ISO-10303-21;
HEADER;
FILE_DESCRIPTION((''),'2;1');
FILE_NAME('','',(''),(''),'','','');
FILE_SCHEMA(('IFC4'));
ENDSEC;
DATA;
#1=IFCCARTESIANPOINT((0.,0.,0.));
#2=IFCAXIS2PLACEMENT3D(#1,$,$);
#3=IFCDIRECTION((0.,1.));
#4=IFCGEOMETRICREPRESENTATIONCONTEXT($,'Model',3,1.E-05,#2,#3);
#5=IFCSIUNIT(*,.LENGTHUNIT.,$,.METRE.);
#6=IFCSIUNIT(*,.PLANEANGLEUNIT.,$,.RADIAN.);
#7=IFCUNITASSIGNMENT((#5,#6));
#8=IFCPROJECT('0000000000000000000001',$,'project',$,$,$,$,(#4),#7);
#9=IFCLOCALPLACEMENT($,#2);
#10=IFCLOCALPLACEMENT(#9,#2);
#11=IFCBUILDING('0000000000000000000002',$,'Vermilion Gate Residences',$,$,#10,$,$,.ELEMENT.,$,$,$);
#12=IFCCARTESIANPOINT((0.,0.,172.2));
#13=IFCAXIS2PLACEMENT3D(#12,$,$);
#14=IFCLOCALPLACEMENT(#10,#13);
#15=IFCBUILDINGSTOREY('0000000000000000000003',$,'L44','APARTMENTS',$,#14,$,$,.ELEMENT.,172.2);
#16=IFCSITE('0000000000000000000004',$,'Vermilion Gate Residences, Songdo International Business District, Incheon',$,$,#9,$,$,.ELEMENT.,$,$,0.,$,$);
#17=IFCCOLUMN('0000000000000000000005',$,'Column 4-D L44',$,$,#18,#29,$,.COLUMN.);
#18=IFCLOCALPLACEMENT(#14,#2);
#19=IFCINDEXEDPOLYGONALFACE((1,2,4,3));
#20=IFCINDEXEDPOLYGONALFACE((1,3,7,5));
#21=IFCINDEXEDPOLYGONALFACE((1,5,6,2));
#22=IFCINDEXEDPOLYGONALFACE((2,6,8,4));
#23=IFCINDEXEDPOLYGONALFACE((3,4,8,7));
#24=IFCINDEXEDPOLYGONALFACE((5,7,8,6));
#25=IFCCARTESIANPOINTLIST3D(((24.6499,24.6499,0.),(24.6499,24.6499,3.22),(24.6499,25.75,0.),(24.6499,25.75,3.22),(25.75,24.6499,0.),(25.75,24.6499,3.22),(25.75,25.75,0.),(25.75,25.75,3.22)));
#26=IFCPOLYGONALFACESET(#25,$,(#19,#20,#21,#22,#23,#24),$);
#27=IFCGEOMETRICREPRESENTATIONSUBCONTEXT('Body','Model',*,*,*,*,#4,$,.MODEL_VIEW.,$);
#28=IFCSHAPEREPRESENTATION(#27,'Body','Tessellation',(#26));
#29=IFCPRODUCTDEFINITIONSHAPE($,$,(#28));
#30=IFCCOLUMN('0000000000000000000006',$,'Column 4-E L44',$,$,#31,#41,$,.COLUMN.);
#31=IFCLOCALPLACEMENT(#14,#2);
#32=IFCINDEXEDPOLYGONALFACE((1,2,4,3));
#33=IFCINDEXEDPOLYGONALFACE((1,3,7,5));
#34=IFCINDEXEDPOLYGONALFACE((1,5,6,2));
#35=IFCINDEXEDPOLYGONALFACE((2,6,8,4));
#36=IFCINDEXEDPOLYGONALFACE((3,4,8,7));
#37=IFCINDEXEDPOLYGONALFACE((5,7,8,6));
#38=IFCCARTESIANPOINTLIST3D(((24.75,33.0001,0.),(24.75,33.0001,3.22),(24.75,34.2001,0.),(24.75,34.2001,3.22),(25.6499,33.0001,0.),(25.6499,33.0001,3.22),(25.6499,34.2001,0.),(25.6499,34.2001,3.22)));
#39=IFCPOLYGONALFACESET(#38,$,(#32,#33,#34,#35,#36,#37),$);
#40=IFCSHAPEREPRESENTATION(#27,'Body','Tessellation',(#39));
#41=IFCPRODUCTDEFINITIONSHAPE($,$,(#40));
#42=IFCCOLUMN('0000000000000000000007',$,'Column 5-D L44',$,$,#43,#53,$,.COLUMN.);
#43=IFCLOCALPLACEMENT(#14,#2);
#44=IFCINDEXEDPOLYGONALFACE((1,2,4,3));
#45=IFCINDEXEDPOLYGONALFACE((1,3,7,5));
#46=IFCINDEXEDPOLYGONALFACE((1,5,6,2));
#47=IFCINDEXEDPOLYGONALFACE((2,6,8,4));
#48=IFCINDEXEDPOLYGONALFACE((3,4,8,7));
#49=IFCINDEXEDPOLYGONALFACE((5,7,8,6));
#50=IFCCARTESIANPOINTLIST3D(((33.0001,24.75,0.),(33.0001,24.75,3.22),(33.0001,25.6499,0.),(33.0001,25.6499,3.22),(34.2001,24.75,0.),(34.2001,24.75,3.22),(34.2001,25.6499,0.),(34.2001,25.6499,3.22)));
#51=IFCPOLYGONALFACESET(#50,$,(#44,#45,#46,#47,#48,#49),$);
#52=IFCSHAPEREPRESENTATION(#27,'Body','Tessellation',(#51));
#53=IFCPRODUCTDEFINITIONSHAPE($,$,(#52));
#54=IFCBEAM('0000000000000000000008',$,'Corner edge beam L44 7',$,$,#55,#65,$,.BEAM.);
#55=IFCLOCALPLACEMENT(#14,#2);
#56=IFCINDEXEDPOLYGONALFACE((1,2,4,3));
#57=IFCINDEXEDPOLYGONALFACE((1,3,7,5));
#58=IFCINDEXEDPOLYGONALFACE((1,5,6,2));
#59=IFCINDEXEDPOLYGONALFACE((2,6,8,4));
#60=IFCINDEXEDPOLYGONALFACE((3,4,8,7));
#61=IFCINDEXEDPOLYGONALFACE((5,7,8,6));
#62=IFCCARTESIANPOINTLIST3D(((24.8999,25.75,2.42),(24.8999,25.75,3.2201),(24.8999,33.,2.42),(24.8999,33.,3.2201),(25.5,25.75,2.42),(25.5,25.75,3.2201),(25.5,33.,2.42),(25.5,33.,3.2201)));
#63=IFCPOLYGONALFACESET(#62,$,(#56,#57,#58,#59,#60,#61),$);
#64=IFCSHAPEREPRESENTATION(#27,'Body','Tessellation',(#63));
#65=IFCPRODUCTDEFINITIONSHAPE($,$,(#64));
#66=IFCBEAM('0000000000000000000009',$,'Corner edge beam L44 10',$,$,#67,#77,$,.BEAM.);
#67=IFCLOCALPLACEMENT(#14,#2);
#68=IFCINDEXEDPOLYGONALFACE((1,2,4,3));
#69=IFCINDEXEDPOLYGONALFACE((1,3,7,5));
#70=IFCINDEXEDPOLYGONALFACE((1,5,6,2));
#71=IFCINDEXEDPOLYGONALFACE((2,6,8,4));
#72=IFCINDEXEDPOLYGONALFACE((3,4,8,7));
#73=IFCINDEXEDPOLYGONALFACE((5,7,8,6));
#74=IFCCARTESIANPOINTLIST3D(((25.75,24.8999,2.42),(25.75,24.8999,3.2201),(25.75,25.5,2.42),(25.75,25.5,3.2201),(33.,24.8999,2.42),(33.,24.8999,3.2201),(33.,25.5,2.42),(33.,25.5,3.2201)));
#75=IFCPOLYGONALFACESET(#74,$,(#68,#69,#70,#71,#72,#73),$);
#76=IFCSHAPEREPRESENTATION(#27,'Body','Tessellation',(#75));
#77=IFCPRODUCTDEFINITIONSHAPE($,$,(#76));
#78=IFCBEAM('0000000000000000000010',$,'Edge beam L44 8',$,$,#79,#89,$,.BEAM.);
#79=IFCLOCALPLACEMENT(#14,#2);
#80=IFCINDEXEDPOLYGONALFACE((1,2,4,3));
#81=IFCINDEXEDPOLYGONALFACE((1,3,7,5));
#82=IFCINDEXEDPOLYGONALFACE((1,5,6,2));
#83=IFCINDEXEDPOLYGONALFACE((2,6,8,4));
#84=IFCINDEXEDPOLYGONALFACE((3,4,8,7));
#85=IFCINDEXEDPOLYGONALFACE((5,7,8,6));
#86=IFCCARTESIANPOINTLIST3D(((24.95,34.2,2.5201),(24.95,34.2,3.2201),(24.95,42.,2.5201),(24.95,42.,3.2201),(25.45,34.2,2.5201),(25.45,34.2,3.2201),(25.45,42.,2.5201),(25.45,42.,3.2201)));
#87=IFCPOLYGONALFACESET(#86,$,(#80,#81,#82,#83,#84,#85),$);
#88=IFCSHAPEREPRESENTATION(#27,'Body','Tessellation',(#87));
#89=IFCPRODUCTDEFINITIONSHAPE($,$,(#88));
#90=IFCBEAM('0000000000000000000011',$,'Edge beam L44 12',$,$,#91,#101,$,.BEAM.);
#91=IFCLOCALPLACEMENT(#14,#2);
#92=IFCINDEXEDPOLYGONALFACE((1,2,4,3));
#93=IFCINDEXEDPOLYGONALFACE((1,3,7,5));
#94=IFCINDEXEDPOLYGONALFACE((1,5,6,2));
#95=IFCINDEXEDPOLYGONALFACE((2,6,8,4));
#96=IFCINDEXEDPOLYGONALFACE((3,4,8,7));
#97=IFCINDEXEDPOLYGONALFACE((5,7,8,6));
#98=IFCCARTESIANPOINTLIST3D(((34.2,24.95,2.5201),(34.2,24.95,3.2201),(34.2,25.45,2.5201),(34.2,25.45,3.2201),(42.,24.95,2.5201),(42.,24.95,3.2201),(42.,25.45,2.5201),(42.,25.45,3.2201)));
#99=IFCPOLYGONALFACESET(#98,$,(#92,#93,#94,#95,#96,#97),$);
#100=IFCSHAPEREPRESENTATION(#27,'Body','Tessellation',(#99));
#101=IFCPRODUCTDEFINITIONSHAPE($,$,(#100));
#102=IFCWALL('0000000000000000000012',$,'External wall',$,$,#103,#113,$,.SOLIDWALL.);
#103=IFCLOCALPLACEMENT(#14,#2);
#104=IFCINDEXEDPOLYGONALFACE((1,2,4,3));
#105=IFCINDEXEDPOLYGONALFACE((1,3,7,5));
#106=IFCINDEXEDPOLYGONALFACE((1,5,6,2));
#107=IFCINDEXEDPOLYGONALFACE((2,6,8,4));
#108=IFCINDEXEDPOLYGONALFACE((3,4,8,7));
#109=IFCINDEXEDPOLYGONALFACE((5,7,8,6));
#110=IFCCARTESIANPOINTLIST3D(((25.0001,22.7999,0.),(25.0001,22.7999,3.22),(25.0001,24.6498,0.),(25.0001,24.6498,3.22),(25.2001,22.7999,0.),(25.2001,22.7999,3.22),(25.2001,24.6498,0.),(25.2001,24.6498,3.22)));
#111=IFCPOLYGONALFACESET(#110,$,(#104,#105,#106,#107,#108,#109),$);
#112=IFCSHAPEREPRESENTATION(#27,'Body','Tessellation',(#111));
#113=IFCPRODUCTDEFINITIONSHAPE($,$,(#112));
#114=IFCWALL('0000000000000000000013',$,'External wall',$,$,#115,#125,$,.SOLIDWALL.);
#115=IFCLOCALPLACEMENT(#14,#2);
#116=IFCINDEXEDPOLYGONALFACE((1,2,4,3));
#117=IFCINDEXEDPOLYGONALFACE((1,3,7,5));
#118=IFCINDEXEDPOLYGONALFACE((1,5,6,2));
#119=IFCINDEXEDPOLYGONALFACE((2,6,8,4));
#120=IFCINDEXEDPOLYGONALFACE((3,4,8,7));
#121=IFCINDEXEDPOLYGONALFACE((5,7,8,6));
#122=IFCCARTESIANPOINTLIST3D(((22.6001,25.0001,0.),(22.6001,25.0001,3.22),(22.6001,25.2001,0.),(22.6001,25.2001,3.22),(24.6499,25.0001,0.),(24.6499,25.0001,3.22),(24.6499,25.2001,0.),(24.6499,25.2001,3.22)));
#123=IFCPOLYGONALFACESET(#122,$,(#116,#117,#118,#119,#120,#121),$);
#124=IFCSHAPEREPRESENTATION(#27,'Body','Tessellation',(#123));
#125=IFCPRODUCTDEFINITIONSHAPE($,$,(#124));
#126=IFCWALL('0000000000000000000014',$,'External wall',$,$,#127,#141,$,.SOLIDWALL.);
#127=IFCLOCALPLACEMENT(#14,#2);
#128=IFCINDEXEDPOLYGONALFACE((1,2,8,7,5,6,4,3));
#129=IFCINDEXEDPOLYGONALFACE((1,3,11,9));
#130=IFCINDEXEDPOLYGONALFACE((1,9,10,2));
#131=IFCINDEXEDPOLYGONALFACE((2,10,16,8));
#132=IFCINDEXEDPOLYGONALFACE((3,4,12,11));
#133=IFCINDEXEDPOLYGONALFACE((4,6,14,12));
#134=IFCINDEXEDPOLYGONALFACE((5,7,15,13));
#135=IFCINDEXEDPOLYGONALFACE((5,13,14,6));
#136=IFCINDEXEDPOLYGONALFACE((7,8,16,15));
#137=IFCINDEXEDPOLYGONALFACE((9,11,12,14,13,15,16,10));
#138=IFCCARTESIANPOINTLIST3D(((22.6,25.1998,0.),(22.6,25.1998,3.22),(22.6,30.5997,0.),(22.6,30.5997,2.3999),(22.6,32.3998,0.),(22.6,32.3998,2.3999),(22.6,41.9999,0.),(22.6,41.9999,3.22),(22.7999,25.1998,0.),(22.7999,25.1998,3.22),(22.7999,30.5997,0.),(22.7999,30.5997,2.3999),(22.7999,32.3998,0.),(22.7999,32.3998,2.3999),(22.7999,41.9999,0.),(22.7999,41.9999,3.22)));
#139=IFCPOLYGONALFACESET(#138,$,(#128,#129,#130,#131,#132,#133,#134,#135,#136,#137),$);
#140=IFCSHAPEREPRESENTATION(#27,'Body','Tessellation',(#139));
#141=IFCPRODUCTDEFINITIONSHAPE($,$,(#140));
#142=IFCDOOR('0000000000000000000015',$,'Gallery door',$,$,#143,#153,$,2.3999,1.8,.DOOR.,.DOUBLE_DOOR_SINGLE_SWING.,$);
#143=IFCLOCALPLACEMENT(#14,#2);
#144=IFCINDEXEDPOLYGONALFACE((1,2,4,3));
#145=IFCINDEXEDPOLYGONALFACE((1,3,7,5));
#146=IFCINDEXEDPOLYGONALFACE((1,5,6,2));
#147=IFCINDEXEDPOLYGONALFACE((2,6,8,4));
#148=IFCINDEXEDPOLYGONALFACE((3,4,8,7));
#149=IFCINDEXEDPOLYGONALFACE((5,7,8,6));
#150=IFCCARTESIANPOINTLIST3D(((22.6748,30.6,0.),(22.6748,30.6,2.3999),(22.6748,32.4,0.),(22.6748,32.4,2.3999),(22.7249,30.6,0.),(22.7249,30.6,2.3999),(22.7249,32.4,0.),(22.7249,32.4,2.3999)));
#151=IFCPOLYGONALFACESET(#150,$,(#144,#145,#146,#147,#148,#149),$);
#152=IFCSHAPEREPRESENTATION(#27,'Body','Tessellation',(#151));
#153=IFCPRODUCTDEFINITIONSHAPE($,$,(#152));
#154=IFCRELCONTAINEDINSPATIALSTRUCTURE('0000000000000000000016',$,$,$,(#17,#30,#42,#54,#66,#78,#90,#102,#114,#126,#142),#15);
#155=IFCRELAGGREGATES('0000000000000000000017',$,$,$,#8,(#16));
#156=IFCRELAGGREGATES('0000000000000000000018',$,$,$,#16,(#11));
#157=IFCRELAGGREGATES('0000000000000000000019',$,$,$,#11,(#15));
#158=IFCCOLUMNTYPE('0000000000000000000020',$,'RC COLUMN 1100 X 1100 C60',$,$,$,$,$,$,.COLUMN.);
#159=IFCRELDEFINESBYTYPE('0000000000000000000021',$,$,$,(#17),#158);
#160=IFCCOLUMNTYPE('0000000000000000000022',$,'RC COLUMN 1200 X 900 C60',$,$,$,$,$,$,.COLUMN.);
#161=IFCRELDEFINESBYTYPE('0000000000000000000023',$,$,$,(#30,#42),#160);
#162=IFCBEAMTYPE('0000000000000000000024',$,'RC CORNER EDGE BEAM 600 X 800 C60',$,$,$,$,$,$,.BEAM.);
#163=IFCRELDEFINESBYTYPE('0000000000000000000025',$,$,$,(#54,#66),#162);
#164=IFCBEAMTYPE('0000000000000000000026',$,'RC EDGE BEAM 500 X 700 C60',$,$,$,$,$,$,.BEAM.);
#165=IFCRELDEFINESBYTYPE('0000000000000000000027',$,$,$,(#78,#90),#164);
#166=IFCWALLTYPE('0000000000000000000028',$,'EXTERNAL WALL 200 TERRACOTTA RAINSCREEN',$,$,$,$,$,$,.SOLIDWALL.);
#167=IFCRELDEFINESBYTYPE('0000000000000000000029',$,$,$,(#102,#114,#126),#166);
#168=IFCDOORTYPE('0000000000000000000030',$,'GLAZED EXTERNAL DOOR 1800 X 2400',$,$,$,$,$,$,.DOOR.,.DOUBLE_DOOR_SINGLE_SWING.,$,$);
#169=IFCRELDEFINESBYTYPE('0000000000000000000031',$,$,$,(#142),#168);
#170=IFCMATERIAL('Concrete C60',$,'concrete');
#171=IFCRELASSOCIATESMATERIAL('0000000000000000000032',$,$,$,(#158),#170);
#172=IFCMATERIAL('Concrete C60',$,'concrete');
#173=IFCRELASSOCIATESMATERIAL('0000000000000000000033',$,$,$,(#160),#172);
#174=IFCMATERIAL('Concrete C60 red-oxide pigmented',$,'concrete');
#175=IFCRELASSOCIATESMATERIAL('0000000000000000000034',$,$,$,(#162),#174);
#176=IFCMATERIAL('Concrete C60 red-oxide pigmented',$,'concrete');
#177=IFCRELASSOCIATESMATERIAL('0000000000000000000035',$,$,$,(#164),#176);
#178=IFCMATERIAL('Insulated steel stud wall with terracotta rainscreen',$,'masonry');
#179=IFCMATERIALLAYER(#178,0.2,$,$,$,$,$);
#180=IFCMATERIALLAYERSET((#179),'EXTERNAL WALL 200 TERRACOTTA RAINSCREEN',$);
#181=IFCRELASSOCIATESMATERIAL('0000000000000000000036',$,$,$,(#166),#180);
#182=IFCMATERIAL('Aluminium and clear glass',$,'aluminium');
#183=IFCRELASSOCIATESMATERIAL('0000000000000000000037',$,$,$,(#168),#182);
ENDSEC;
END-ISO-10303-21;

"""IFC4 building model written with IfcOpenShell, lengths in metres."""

from ifc_helpers import new_model, si_unit, direction, frame, frame_2d, origin, origin_2d, place, context, subcontext, project, spatial, rectangle, extrude, material, layer, layer_set, material_profile, profile_set, type_object, element, fill, save


model = new_model("IFC4")

# Units and contexts
model_context = context("Model", 3, precision=1e-05, world=origin(), true_north=direction((0.0, 1.0)))
body_context = subcontext(model_context, "Body", "Model", "MODEL_VIEW")
ifc_project = project(units=[si_unit("LENGTHUNIT", "METRE"), si_unit("PLANEANGLEUNIT", "RADIAN")], contexts=[model_context])

# Site, building, storey
site_placement = place(None, origin())
site = spatial("IfcSite", under=ifc_project, at=site_placement, Name="Vermilion Gate Residences, Songdo International Business District, Incheon", CompositionType="ELEMENT", RefElevation=0.0)
building_placement = place(site_placement, origin())
building = spatial("IfcBuilding", under=site, at=building_placement, Name="Vermilion Gate Residences", CompositionType="ELEMENT")
storey_placement = place(building_placement, frame((0.0, 0.0, 172.2)))
storey = spatial("IfcBuildingStorey", under=building, at=storey_placement, Name="L44", Description="APARTMENTS", CompositionType="ELEMENT", Elevation=172.2)

# Columns
ifc_material_1 = material(Name="Concrete C60", Category="concrete")
ifc_material_profile_1 = material_profile(ifc_material_1, rectangle(XDim=1.1001, YDim=1.1001, at=origin_2d()), Name="RC-1100x1100")
ifc_profile_set_1 = profile_set([ifc_material_profile_1], Name="Concrete C60")
column_type_1 = type_object("IfcColumnType", Name="RC COLUMN 1100 X 1100 C60", PredefinedType="COLUMN", material=ifc_profile_set_1)
column_placement = place(storey_placement, frame((25.2, 25.2, 0.0), z_axis=(0.0, 0.0, 1.0), x_axis=(1.0, 0.0, 0.0)))
element("IfcColumn", 1, at=column_placement, inside=storey, type_object=column_type_1, Name="Column 4-D L44", PredefinedType="COLUMN", context=body_context, shape_type="SweptSolid", body=[
    extrude(rectangle(XDim=1.1001, YDim=1.1001, at=origin_2d()), origin(), (0.0, 0.0, 1.0), 3.22),
])
ifc_material_2 = material(Name="Concrete C60", Category="concrete")
ifc_material_profile_2 = material_profile(ifc_material_2, rectangle(XDim=1.2, YDim=0.8999, at=origin_2d()), Name="RC-1200x900")
ifc_profile_set_2 = profile_set([ifc_material_profile_2], Name="Concrete C60")
column_type_2 = type_object("IfcColumnType", Name="RC COLUMN 1200 X 900 C60", PredefinedType="COLUMN", material=ifc_profile_set_2)
for number, where, z_axis, x_axis, name in (
    (2, (25.2, 33.6001, 0.0), (0.0, 0.0, 1.0), (0.0, 1.0, 0.0), "Column 4-E L44"),
    (3, (33.6001, 25.2, 0.0), (0.0, 0.0, 1.0), (1.0, 0.0, 0.0), "Column 5-D L44"),
):
    element("IfcColumn", number, at=place(storey_placement, frame(where, z_axis=z_axis, x_axis=x_axis)), inside=storey, type_object=column_type_2, Name=name, PredefinedType="COLUMN", context=body_context, shape_type="SweptSolid", body=[
        extrude(rectangle(XDim=1.2, YDim=0.8999, at=origin_2d()), origin(), (0.0, 0.0, 1.0), 3.22),
    ])

# Beams
ifc_material_3 = material(Name="Concrete C60 red-oxide pigmented", Category="concrete")
ifc_material_profile_3 = material_profile(ifc_material_3, rectangle(XDim=0.6001, YDim=0.8, at=origin_2d()), Name="RC-600x800")
ifc_profile_set_3 = profile_set([ifc_material_profile_3], Name="Concrete C60 red-oxide pigmented")
beam_type_1 = type_object("IfcBeamType", Name="RC CORNER EDGE BEAM 600 X 800 C60", PredefinedType="BEAM", material=ifc_profile_set_3)
for number, where, z_axis, x_axis, name in (
    (4, (25.2, 25.75, 2.8201), (0.0, 1.0, 0.0), (-1.0, 0.0, 0.0), "Corner edge beam L44 7"),
    (5, (25.75, 25.2, 2.8201), (1.0, 0.0, 0.0), (0.0, 1.0, 0.0), "Corner edge beam L44 10"),
):
    element("IfcBeam", number, at=place(storey_placement, frame(where, z_axis=z_axis, x_axis=x_axis)), inside=storey, type_object=beam_type_1, Name=name, PredefinedType="BEAM", context=body_context, shape_type="SweptSolid", body=[
        extrude(rectangle(XDim=0.6001, YDim=0.8, at=origin_2d()), origin(), (0.0, 0.0, 1.0), 7.25),
    ])
ifc_material_4 = material(Name="Concrete C60 red-oxide pigmented", Category="concrete")
ifc_material_profile_4 = material_profile(ifc_material_4, rectangle(XDim=0.5, YDim=0.7, at=origin_2d()), Name="RC-500x700")
ifc_profile_set_4 = profile_set([ifc_material_profile_4], Name="Concrete C60 red-oxide pigmented")
beam_type_2 = type_object("IfcBeamType", Name="RC EDGE BEAM 500 X 700 C60", PredefinedType="BEAM", material=ifc_profile_set_4)
for number, where, z_axis, x_axis, name in (
    (6, (25.2, 34.2, 2.8701), (0.0, 1.0, 0.0), (-1.0, 0.0, 0.0), "Edge beam L44 8"),
    (7, (34.2, 25.2, 2.8701), (1.0, 0.0, 0.0), (0.0, 1.0, 0.0), "Edge beam L44 12"),
):
    element("IfcBeam", number, at=place(storey_placement, frame(where, z_axis=z_axis, x_axis=x_axis)), inside=storey, type_object=beam_type_2, Name=name, PredefinedType="BEAM", context=body_context, shape_type="SweptSolid", body=[
        extrude(rectangle(XDim=0.5, YDim=0.7, at=origin_2d()), origin(), (0.0, 0.0, 1.0), 7.8),
    ])

# Walls
ifc_material_5 = material(Name="Insulated steel stud wall with terracotta rainscreen", Category="masonry")
ifc_layer_1 = layer(ifc_material_5, 0.2)
ifc_layer_set_1 = layer_set([ifc_layer_1], Name="EXTERNAL WALL 200 TERRACOTTA RAINSCREEN")
wall_type_1 = type_object("IfcWallType", Name="EXTERNAL WALL 200 TERRACOTTA RAINSCREEN", PredefinedType="SOLIDWALL", material=ifc_layer_set_1)
wall_1_placement = place(storey_placement, frame((25.1001, 22.8, 0.0), z_axis=(0.0, 0.0, 1.0), x_axis=(0.0, 1.0, 0.0)))
element("IfcWall", 8, at=wall_1_placement, inside=storey, type_object=wall_type_1, Name="External wall", PredefinedType="SOLIDWALL", context=body_context, shape_type="SweptSolid", body=[
    extrude(rectangle(XDim=1.8499, YDim=0.2, at=frame_2d((0.9248, 0.0))), origin(), (0.0, 0.0, 1.0), 3.22),
])
wall_2_placement = place(storey_placement, frame((24.6499, 25.1001, 0.0), z_axis=(0.0, 0.0, 1.0), x_axis=(-1.0, 0.0, 0.0)))
element("IfcWall", 9, at=wall_2_placement, inside=storey, type_object=wall_type_1, Name="External wall", PredefinedType="SOLIDWALL", context=body_context, shape_type="SweptSolid", body=[
    extrude(rectangle(XDim=2.0498, YDim=0.2, at=frame_2d((1.0249, 0.0))), origin(), (0.0, 0.0, 1.0), 3.22),
])

# Wall, opening, door
wall_3_placement = place(storey_placement, frame((22.7, 25.2, 0.0), z_axis=(0.0, 0.0, 1.0), x_axis=(0.0, 1.0, 0.0)))
wall_3 = element("IfcWall", 10, at=wall_3_placement, inside=storey, type_object=wall_type_1, Name="External wall", PredefinedType="SOLIDWALL", context=body_context, shape_type="SweptSolid", body=[
    extrude(rectangle(XDim=16.8, YDim=0.2, at=frame_2d((8.3999, 0.0))), origin(), (0.0, 0.0, 1.0), 3.22),
])
opening_1_placement = place(wall_3_placement, frame((5.3999, 0.0, 0.0)))
opening_1 = element("IfcOpeningElement", 11, at=opening_1_placement, cuts=wall_3, PredefinedType="OPENING", context=body_context, shape_type="SweptSolid", body=[
    extrude(rectangle(XDim=1.8, YDim=2.3999, at=frame_2d((0.8999, 1.2))), frame((0.0, 0.1099, 0.0), z_axis=(0.0, -1.0, 0.0), x_axis=(1.0, 0.0, 0.0)), (0.0, 0.0, 1.0), 0.22),
])
ifc_material_6 = material(Name="Aluminium and clear glass", Category="aluminium")
door_type = type_object("IfcDoorType", Name="GLAZED EXTERNAL DOOR 1800 X 2400", OperationType="DOUBLE_DOOR_SINGLE_SWING", PredefinedType="DOOR", material=ifc_material_6)
door_placement = place(opening_1_placement, frame((1.8, 0.0, 0.0), z_axis=(0.0, 0.0, 1.0), x_axis=(-1.0, 0.0, 0.0)))
door = element("IfcDoor", 12, at=door_placement, inside=storey, type_object=door_type, Name="Gallery door", OperationType="DOUBLE_DOOR_SINGLE_SWING", OverallHeight=2.3999, OverallWidth=1.8, PredefinedType="DOOR", context=body_context, shape_type="SweptSolid", body=[
    extrude(rectangle(XDim=1.8, YDim=2.3999, at=frame_2d((0.8999, 1.2))), frame((0.0, 0.0249, 0.0), z_axis=(0.0, -1.0, 0.0), x_axis=(1.0, 0.0, 0.0)), (0.0, 0.0, 1.0), 0.05),
])
fill(opening_1, door)

save(model, "model.ifc")
